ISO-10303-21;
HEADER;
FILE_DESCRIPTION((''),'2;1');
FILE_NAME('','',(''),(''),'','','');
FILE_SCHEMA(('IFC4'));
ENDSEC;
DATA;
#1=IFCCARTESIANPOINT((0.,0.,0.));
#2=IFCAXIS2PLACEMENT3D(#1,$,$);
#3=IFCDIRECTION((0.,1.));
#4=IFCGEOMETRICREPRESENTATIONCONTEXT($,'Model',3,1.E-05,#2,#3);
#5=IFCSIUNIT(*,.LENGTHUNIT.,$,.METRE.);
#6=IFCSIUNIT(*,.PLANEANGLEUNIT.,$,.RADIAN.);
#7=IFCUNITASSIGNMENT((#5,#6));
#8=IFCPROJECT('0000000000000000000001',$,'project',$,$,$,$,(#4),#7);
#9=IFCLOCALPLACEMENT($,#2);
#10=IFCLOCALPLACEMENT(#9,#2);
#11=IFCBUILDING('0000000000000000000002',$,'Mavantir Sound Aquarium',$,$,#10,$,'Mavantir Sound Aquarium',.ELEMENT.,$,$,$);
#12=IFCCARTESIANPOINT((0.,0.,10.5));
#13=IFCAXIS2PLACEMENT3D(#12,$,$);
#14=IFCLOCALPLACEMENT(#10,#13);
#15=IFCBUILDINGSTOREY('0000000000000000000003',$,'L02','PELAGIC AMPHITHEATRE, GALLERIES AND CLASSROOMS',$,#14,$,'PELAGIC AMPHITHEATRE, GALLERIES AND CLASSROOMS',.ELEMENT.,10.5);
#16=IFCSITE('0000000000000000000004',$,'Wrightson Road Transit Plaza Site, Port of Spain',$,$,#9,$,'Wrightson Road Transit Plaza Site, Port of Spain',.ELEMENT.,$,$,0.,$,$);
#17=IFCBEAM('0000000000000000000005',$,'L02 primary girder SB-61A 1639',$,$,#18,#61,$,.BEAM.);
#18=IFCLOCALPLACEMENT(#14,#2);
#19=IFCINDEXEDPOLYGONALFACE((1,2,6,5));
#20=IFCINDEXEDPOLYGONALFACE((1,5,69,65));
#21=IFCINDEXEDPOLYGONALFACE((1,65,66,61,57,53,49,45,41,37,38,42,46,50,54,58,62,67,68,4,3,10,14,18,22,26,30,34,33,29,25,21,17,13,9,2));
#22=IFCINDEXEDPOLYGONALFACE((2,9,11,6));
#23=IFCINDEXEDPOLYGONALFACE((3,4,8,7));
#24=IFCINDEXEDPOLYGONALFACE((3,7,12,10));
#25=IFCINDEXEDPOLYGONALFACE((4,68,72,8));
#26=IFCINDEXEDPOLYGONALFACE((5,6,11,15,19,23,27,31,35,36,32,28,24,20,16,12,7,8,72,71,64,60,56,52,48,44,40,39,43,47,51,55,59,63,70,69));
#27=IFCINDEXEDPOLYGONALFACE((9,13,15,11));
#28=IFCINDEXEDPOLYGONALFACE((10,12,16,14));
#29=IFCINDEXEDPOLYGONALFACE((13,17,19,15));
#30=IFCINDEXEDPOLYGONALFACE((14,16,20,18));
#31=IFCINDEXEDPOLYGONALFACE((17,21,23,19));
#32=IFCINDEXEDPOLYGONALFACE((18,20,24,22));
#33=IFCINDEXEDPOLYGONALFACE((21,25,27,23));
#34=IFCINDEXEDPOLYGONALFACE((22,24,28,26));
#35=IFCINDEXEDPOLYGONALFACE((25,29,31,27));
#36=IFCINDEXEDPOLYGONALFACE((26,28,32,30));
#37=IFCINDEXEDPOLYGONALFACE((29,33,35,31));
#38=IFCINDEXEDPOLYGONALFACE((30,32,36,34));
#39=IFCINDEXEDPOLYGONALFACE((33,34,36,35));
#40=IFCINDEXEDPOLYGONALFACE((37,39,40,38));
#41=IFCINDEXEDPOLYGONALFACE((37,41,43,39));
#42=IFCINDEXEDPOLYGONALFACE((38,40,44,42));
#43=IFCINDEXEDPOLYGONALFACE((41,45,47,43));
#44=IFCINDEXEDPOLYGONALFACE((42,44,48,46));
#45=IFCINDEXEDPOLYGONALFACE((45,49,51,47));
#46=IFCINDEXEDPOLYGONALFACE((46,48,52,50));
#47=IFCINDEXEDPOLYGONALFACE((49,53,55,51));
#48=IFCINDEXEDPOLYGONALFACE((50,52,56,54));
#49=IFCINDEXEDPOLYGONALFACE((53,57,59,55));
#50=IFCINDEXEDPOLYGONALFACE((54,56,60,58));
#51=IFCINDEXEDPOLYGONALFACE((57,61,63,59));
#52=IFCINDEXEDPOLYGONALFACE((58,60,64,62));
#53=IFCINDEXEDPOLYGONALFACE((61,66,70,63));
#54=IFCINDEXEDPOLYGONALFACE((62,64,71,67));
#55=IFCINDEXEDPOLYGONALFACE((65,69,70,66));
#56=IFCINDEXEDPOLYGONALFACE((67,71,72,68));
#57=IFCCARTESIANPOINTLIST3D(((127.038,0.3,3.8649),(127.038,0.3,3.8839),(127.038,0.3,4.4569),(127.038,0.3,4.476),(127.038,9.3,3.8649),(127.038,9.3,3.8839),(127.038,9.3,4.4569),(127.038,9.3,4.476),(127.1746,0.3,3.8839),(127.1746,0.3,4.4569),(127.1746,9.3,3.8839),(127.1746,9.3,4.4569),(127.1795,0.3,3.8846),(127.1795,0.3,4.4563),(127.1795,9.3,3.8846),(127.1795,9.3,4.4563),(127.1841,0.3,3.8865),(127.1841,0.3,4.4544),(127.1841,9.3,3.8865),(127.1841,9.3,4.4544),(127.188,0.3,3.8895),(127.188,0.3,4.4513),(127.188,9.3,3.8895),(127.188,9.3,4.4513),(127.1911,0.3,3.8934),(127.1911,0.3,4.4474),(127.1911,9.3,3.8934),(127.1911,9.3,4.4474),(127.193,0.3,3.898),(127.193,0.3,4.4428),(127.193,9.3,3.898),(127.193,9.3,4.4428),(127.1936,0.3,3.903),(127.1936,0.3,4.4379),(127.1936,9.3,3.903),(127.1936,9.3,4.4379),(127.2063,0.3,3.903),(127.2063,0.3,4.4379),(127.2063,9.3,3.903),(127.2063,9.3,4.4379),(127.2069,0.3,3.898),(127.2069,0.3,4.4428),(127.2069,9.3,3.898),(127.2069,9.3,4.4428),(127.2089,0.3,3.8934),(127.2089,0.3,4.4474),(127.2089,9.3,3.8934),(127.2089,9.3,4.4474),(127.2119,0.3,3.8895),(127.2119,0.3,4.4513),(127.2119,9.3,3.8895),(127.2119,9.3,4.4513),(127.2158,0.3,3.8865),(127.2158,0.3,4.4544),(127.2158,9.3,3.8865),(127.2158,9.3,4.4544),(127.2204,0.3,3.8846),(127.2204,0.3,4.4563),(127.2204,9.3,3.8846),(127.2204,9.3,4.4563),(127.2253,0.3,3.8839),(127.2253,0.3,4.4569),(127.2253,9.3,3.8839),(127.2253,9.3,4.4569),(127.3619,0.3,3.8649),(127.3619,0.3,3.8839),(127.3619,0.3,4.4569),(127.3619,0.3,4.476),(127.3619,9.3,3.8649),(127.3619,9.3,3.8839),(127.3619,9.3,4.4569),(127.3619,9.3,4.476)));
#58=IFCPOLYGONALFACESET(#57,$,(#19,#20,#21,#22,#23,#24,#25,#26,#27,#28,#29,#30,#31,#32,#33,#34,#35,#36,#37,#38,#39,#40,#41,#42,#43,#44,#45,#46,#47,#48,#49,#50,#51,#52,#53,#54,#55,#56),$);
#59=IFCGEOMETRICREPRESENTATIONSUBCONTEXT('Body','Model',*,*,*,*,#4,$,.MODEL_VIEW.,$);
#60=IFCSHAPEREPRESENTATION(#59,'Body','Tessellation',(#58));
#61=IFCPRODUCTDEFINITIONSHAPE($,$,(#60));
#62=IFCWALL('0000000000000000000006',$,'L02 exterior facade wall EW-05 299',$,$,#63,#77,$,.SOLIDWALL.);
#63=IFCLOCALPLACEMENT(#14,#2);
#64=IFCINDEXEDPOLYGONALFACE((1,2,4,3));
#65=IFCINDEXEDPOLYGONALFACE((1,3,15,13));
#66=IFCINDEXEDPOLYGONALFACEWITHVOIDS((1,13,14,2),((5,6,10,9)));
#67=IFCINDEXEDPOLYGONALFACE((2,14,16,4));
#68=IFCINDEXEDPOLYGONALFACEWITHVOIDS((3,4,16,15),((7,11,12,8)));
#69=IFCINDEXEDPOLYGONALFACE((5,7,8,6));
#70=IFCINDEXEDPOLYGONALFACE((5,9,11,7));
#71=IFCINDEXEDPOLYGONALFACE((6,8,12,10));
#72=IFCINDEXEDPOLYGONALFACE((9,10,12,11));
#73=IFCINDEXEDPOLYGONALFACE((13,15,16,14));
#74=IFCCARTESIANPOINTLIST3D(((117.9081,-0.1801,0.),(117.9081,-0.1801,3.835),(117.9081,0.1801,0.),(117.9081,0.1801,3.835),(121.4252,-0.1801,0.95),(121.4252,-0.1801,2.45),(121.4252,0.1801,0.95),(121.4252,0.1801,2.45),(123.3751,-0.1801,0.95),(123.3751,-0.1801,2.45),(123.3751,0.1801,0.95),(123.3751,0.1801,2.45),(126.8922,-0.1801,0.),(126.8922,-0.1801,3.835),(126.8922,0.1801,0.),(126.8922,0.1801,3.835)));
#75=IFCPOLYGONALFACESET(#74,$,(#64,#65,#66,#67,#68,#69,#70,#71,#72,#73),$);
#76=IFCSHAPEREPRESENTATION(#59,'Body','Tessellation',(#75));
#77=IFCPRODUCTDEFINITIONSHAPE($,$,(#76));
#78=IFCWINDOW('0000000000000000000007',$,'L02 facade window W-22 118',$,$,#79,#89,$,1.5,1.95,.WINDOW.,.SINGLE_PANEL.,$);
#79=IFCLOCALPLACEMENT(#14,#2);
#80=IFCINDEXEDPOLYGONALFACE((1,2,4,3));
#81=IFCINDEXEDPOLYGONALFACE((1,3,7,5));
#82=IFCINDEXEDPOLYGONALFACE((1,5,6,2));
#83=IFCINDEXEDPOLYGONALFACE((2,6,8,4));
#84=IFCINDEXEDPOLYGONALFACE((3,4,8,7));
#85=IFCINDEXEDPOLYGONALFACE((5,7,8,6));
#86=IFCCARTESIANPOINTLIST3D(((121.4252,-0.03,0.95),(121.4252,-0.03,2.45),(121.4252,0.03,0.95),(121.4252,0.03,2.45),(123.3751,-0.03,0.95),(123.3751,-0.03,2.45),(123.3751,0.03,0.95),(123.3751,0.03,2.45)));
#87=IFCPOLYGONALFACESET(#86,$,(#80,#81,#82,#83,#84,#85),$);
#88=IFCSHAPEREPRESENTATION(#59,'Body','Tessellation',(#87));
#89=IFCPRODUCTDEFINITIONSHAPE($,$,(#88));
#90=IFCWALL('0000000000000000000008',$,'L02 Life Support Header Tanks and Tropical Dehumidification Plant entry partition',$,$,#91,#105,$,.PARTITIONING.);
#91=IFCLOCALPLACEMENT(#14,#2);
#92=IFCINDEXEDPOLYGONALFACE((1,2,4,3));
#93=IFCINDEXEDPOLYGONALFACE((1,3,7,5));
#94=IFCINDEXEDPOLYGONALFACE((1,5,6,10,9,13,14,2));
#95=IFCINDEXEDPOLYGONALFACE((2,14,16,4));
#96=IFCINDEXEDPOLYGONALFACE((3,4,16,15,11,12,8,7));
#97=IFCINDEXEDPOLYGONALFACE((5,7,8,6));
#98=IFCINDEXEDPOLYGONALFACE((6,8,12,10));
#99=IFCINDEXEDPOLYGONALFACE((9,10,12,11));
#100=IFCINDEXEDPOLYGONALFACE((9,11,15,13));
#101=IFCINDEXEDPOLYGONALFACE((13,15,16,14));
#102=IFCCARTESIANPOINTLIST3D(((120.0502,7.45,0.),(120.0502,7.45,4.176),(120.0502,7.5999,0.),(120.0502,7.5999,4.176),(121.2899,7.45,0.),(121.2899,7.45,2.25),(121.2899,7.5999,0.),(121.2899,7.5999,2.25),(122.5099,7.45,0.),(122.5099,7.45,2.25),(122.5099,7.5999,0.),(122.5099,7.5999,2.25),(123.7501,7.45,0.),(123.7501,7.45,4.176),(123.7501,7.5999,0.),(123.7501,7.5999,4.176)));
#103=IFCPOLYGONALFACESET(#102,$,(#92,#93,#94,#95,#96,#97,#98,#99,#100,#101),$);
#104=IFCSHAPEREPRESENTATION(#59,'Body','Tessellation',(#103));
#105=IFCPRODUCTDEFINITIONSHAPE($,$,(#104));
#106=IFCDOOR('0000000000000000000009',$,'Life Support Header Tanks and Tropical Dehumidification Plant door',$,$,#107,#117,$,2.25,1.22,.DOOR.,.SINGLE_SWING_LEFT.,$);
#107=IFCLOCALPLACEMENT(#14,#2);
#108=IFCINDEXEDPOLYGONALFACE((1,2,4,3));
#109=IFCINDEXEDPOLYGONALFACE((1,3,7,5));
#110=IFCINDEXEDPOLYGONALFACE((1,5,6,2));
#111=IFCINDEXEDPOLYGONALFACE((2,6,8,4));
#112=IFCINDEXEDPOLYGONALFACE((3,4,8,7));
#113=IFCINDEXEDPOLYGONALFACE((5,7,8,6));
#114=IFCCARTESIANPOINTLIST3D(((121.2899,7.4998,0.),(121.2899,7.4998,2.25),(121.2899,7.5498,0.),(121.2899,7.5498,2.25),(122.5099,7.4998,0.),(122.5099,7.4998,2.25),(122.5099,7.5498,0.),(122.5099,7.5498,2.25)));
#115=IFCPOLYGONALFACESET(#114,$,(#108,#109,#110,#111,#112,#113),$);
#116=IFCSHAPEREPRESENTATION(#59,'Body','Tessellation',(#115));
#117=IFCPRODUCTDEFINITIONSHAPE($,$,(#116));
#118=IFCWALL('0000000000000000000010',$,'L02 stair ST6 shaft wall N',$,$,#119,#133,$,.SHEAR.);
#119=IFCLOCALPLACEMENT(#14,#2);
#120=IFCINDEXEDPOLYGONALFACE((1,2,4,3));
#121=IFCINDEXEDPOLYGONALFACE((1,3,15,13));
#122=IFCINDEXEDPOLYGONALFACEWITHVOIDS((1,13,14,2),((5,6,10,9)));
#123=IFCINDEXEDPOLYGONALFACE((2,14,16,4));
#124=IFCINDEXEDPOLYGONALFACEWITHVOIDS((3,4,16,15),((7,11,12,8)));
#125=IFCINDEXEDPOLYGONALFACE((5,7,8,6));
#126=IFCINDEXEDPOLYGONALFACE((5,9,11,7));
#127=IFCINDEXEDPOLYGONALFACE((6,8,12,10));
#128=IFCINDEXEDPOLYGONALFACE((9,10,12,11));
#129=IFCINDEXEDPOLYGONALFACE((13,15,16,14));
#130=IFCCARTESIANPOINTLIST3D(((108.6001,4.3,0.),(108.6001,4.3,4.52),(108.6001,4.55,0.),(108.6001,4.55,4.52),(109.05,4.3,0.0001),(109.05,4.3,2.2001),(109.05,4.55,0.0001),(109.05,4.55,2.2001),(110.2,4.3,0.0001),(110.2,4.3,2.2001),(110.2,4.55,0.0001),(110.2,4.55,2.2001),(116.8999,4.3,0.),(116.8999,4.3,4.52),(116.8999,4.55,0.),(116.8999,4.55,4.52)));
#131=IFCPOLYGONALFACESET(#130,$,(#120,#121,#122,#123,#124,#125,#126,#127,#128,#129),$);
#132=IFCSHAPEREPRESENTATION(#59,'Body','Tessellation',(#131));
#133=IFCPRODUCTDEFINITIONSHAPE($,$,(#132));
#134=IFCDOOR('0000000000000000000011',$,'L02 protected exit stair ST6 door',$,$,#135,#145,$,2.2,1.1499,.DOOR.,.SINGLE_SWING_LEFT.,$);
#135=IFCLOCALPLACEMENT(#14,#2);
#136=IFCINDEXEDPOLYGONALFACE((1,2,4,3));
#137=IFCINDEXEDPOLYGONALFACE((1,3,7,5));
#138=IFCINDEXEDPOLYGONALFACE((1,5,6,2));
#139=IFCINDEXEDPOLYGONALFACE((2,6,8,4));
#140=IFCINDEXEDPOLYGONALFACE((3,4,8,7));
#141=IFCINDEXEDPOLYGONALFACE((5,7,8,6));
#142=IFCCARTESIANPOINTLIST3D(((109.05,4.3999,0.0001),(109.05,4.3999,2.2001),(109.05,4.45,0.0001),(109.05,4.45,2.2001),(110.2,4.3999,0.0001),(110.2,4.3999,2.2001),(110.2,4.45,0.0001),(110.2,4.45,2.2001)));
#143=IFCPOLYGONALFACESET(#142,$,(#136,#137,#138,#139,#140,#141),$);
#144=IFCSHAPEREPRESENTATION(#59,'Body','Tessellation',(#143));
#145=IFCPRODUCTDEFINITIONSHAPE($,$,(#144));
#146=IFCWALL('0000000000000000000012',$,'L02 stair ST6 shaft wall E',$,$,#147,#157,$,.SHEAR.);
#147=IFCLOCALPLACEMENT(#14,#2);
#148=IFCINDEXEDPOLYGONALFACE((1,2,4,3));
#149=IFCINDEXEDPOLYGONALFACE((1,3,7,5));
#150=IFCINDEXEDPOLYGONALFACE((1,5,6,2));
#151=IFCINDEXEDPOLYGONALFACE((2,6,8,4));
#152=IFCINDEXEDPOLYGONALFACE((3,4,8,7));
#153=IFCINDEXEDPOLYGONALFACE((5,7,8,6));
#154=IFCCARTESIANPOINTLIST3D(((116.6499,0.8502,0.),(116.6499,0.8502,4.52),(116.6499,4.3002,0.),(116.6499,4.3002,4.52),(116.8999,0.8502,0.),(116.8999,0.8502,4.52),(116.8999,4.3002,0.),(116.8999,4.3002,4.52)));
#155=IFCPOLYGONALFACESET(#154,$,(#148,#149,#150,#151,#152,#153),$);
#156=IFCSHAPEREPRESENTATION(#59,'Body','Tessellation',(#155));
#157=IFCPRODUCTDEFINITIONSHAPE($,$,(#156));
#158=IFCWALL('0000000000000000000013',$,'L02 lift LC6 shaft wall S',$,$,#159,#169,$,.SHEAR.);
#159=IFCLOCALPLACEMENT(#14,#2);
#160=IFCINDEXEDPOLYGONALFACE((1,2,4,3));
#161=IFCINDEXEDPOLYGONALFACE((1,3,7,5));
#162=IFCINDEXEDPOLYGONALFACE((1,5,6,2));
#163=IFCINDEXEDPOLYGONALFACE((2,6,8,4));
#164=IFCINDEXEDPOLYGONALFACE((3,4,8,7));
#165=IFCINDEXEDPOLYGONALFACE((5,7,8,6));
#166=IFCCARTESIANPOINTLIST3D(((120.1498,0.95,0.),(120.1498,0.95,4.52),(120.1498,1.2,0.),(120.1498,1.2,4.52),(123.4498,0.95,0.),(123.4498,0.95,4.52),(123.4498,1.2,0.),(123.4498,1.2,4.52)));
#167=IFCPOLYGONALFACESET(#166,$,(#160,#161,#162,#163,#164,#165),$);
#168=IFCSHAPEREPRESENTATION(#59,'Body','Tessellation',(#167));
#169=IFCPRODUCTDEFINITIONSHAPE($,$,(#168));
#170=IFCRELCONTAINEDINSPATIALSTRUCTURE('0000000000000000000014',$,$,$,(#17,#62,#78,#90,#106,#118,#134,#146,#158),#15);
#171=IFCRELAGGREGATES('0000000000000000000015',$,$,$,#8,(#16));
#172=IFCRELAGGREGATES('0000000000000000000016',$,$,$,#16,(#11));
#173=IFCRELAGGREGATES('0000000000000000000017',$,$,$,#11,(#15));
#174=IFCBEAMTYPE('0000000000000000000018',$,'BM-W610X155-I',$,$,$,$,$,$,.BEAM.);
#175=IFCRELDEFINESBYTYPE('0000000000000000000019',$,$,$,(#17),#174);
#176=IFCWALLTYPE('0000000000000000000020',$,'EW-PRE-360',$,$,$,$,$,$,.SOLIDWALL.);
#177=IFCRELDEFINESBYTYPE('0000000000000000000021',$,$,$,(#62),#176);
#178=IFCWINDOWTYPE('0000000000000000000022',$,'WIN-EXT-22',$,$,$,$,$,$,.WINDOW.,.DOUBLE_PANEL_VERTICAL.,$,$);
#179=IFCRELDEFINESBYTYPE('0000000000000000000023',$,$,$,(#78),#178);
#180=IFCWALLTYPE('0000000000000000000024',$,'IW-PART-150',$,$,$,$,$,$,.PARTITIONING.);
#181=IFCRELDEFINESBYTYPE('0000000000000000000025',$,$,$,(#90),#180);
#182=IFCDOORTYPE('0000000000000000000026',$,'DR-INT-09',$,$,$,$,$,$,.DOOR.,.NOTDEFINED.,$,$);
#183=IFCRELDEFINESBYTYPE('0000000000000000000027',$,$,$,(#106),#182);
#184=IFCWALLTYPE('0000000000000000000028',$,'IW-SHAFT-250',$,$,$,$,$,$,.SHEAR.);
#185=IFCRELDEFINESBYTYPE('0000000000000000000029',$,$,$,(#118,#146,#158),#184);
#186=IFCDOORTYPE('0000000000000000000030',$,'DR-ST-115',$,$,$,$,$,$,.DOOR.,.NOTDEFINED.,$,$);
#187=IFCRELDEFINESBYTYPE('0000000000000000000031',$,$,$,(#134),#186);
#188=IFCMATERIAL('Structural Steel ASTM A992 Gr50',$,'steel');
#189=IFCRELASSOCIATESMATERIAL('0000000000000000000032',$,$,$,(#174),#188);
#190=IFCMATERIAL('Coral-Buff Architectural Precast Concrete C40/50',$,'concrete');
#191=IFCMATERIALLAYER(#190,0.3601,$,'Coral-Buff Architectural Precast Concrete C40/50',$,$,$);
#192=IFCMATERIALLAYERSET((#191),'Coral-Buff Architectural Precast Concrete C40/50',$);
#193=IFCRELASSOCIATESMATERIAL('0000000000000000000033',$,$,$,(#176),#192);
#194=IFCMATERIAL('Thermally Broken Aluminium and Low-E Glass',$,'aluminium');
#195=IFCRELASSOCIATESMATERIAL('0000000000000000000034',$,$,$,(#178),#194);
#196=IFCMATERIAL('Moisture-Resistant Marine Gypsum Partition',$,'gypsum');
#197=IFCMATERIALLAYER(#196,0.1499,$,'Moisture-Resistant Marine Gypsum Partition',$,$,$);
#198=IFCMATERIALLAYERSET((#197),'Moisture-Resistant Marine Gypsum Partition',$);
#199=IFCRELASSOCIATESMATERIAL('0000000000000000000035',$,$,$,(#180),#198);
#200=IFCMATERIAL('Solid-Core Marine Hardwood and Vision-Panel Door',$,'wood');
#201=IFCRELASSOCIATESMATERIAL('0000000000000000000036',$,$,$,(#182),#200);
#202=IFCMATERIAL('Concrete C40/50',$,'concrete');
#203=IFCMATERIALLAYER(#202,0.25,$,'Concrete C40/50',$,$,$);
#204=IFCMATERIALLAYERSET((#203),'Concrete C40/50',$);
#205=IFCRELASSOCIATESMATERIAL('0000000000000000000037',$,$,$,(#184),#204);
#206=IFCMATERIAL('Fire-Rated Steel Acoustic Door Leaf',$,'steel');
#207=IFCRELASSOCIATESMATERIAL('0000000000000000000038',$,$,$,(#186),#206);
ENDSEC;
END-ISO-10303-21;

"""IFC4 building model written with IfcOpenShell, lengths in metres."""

from ifc_helpers import new_model, si_unit, direction, frame, frame_2d, origin, origin_2d, place, context, subcontext, project, spatial, rectangle, i_section, extrude, material, layer, layer_set, material_profile, profile_set, type_object, element, fill, save


model = new_model("IFC4")

# Units and contexts
model_context = context("Model", 3, precision=1e-05, world=origin(), true_north=direction((0.0, 1.0)))
body_context = subcontext(model_context, "Body", "Model", "MODEL_VIEW")
ifc_project = project(units=[si_unit("LENGTHUNIT", "METRE"), si_unit("PLANEANGLEUNIT", "RADIAN")], contexts=[model_context])

# Site, building, storey
site_placement = place(None, origin())
site = spatial("IfcSite", under=ifc_project, at=site_placement, Name="Wrightson Road Transit Plaza Site, Port of Spain", LongName="Wrightson Road Transit Plaza Site, Port of Spain", CompositionType="ELEMENT", RefElevation=0.0)
building_placement = place(site_placement, origin())
building = spatial("IfcBuilding", under=site, at=building_placement, Name="Mavantir Sound Aquarium", LongName="Mavantir Sound Aquarium", CompositionType="ELEMENT")
storey_placement = place(building_placement, frame((0.0, 0.0, 10.5)))
storey = spatial("IfcBuildingStorey", under=building, at=storey_placement, Name="L02", Description="PELAGIC AMPHITHEATRE, GALLERIES AND CLASSROOMS", LongName="PELAGIC AMPHITHEATRE, GALLERIES AND CLASSROOMS", CompositionType="ELEMENT", Elevation=10.5)

# Shared definitions
ifc_material_1 = material(Name="Concrete C40/50", Category="concrete")

# Beam
ifc_material_2 = material(Name="Structural Steel ASTM A992 Gr50", Category="steel")
ifc_material_profile_1 = material_profile(ifc_material_2, i_section(OverallWidth=0.324, OverallDepth=0.6111, WebThickness=0.0127, FlangeThickness=0.019, FilletRadius=0.019, at=origin_2d()), Name="W610X155")
ifc_profile_set_1 = profile_set([ifc_material_profile_1], Name="Structural Steel ASTM A992 Gr50")
beam_type_1 = type_object("IfcBeamType", Name="BM-W610X155-I", PredefinedType="BEAM", material=ifc_profile_set_1)
beam_1_placement = place(storey_placement, frame((127.2, 0.3, 4.1704), z_axis=(0.0, 1.0, 0.0), x_axis=(-1.0, 0.0, 0.0)))
element("IfcBeam", 1, at=beam_1_placement, inside=storey, type_object=beam_type_1, Name="L02 primary girder SB-61A 1639", PredefinedType="BEAM", context=body_context, shape_type="SweptSolid", body=[
    extrude(i_section(OverallWidth=0.324, OverallDepth=0.6111, WebThickness=0.0127, FlangeThickness=0.019, FilletRadius=0.019, at=origin_2d()), origin(), (0.0, 0.0, 1.0), 9.0),
])

# Wall, opening, window
ifc_material_3 = material(Name="Coral-Buff Architectural Precast Concrete C40/50", Category="concrete")
ifc_layer_1 = layer(ifc_material_3, 0.3601, Name="Coral-Buff Architectural Precast Concrete C40/50")
ifc_layer_set_1 = layer_set([ifc_layer_1], Name="Coral-Buff Architectural Precast Concrete C40/50")
wall_type_1 = type_object("IfcWallType", Name="EW-PRE-360", PredefinedType="SOLIDWALL", material=ifc_layer_set_1)
wall_1_placement = place(storey_placement, frame((117.908, 0.0, 0.0), z_axis=(0.0, 0.0, 1.0), x_axis=(1.0, 0.0, 0.0)))
wall_1 = element("IfcWall", 2, at=wall_1_placement, inside=storey, type_object=wall_type_1, Name="L02 exterior facade wall EW-05 299", PredefinedType="SOLIDWALL", context=body_context, shape_type="SweptSolid", body=[
    extrude(rectangle(XDim=8.9841, YDim=0.3601, at=frame_2d((4.4922, 0.0))), origin(), (0.0, 0.0, 1.0), 3.835),
])
opening_1_placement = place(wall_1_placement, frame((3.5171, 0.0, 0.95)))
opening_1 = element("IfcOpeningElement", 3, at=opening_1_placement, cuts=wall_1, PredefinedType="OPENING", context=body_context, shape_type="SweptSolid", body=[
    extrude(rectangle(XDim=1.95, YDim=1.5, at=frame_2d((0.9751, 0.75))), frame((0.0, 0.1899, 0.0), z_axis=(0.0, -1.0, 0.0), x_axis=(1.0, 0.0, 0.0)), (0.0, 0.0, 1.0), 0.3801),
])
ifc_material_4 = material(Name="Thermally Broken Aluminium and Low-E Glass", Category="aluminium")
window_type = type_object("IfcWindowType", Name="WIN-EXT-22", PartitioningType="DOUBLE_PANEL_VERTICAL", PredefinedType="WINDOW", material=ifc_material_4)
window_placement = place(opening_1_placement, origin())
window = element("IfcWindow", 4, at=window_placement, inside=storey, type_object=window_type, Name="L02 facade window W-22 118", OverallHeight=1.5, OverallWidth=1.95, PartitioningType="SINGLE_PANEL", PredefinedType="WINDOW", context=body_context, shape_type="SweptSolid", body=[
    extrude(rectangle(XDim=1.95, YDim=1.5, at=frame_2d((0.9751, 0.75))), frame((0.0, 0.03, 0.0), z_axis=(0.0, -1.0, 0.0), x_axis=(1.0, 0.0, 0.0)), (0.0, 0.0, 1.0), 0.0601),
])
fill(opening_1, window)

# Walls, openings, doors
ifc_material_5 = material(Name="Moisture-Resistant Marine Gypsum Partition", Category="gypsum")
ifc_layer_2 = layer(ifc_material_5, 0.1499, Name="Moisture-Resistant Marine Gypsum Partition")
ifc_layer_set_2 = layer_set([ifc_layer_2], Name="Moisture-Resistant Marine Gypsum Partition")
wall_type_2 = type_object("IfcWallType", Name="IW-PART-150", PredefinedType="PARTITIONING", material=ifc_layer_set_2)
wall_2_placement = place(storey_placement, frame((120.05, 7.5249, 0.0), z_axis=(0.0, 0.0, 1.0), x_axis=(1.0, 0.0, 0.0)))
wall_2 = element("IfcWall", 5, at=wall_2_placement, inside=storey, type_object=wall_type_2, Name="L02 Life Support Header Tanks and Tropical Dehumidification Plant entry partition", PredefinedType="PARTITIONING", context=body_context, shape_type="SweptSolid", body=[
    extrude(rectangle(XDim=3.7, YDim=0.1499, at=frame_2d((1.8501, 0.0))), origin(), (0.0, 0.0, 1.0), 4.176),
])
opening_2_placement = place(wall_2_placement, frame((1.24, 0.0, 0.0)))
opening_2 = element("IfcOpeningElement", 6, at=opening_2_placement, cuts=wall_2, PredefinedType="OPENING", context=body_context, shape_type="SweptSolid", body=[
    extrude(rectangle(XDim=1.22, YDim=2.25, at=frame_2d((0.6099, 1.125))), frame((0.0, 0.085, 0.0), z_axis=(0.0, -1.0, 0.0), x_axis=(1.0, 0.0, 0.0)), (0.0, 0.0, 1.0), 0.1699),
])
ifc_material_6 = material(Name="Solid-Core Marine Hardwood and Vision-Panel Door", Category="wood")
door_type_1 = type_object("IfcDoorType", Name="DR-INT-09", OperationType="NOTDEFINED", PredefinedType="DOOR", material=ifc_material_6)
door_1_placement = place(opening_2_placement, origin())
door_1 = element("IfcDoor", 7, at=door_1_placement, inside=storey, type_object=door_type_1, Name="Life Support Header Tanks and Tropical Dehumidification Plant door", OperationType="SINGLE_SWING_LEFT", OverallHeight=2.25, OverallWidth=1.22, PredefinedType="DOOR", context=body_context, shape_type="SweptSolid", body=[
    extrude(rectangle(XDim=1.22, YDim=2.25, at=frame_2d((0.6099, 1.125))), frame((0.0, 0.0249, 0.0), z_axis=(0.0, -1.0, 0.0), x_axis=(1.0, 0.0, 0.0)), (0.0, 0.0, 1.0), 0.05),
])
fill(opening_2, door_1)
ifc_layer_3 = layer(ifc_material_1, 0.25, Name="Concrete C40/50")
ifc_layer_set_3 = layer_set([ifc_layer_3], Name="Concrete C40/50")
wall_type_3 = type_object("IfcWallType", Name="IW-SHAFT-250", PredefinedType="SHEAR", material=ifc_layer_set_3)
wall_3_placement = place(storey_placement, frame((116.8999, 4.425, 0.0), z_axis=(0.0, 0.0, 1.0), x_axis=(-1.0, 0.0, 0.0)))
wall_3 = element("IfcWall", 8, at=wall_3_placement, inside=storey, type_object=wall_type_3, Name="L02 stair ST6 shaft wall N", PredefinedType="SHEAR", context=body_context, shape_type="SweptSolid", body=[
    extrude(rectangle(XDim=8.2998, YDim=0.25, at=frame_2d((4.1499, 0.0))), origin(), (0.0, 0.0, 1.0), 4.52),
])
opening_3_placement = place(wall_3_placement, frame((7.8499, 0.0, 0.0), z_axis=(0.0, 0.0, 1.0), x_axis=(-1.0, 0.0, 0.0)))
opening_3 = element("IfcOpeningElement", 9, at=opening_3_placement, cuts=wall_3, PredefinedType="OPENING", context=body_context, shape_type="SweptSolid", body=[
    extrude(rectangle(XDim=1.1499, YDim=2.2, at=frame_2d((0.575, 1.1001))), frame((0.0, 0.135, 0.0), z_axis=(0.0, -1.0, 0.0), x_axis=(1.0, 0.0, 0.0)), (0.0, 0.0, 1.0), 0.27),
])
ifc_material_7 = material(Name="Fire-Rated Steel Acoustic Door Leaf", Category="steel")
door_type_2 = type_object("IfcDoorType", Name="DR-ST-115", OperationType="NOTDEFINED", PredefinedType="DOOR", material=ifc_material_7)
door_2_placement = place(opening_3_placement, origin())
door_2 = element("IfcDoor", 10, at=door_2_placement, inside=storey, type_object=door_type_2, Name="L02 protected exit stair ST6 door", OperationType="SINGLE_SWING_LEFT", OverallHeight=2.2, OverallWidth=1.1499, PredefinedType="DOOR", context=body_context, shape_type="SweptSolid", body=[
    extrude(rectangle(XDim=1.1499, YDim=2.2, at=frame_2d((0.575, 1.1001))), frame((0.0, 0.0249, 0.0), z_axis=(0.0, -1.0, 0.0), x_axis=(1.0, 0.0, 0.0)), (0.0, 0.0, 1.0), 0.05),
])
fill(opening_3, door_2)

# Walls
wall_4_placement = place(storey_placement, frame((116.7749, 0.8501, 0.0), z_axis=(0.0, 0.0, 1.0), x_axis=(0.0, 1.0, 0.0)))
element("IfcWall", 11, at=wall_4_placement, inside=storey, type_object=wall_type_3, Name="L02 stair ST6 shaft wall E", PredefinedType="SHEAR", context=body_context, shape_type="SweptSolid", body=[
    extrude(rectangle(XDim=3.45, YDim=0.25, at=frame_2d((1.7251, 0.0))), origin(), (0.0, 0.0, 1.0), 4.52),
])
wall_5_placement = place(storey_placement, frame((120.1499, 1.075, 0.0), z_axis=(0.0, 0.0, 1.0), x_axis=(1.0, 0.0, 0.0)))
element("IfcWall", 12, at=wall_5_placement, inside=storey, type_object=wall_type_3, Name="L02 lift LC6 shaft wall S", PredefinedType="SHEAR", context=body_context, shape_type="SweptSolid", body=[
    extrude(rectangle(XDim=3.3, YDim=0.25, at=frame_2d((1.6499, 0.0))), origin(), (0.0, 0.0, 1.0), 4.52),
])

save(model, "model.ifc")
